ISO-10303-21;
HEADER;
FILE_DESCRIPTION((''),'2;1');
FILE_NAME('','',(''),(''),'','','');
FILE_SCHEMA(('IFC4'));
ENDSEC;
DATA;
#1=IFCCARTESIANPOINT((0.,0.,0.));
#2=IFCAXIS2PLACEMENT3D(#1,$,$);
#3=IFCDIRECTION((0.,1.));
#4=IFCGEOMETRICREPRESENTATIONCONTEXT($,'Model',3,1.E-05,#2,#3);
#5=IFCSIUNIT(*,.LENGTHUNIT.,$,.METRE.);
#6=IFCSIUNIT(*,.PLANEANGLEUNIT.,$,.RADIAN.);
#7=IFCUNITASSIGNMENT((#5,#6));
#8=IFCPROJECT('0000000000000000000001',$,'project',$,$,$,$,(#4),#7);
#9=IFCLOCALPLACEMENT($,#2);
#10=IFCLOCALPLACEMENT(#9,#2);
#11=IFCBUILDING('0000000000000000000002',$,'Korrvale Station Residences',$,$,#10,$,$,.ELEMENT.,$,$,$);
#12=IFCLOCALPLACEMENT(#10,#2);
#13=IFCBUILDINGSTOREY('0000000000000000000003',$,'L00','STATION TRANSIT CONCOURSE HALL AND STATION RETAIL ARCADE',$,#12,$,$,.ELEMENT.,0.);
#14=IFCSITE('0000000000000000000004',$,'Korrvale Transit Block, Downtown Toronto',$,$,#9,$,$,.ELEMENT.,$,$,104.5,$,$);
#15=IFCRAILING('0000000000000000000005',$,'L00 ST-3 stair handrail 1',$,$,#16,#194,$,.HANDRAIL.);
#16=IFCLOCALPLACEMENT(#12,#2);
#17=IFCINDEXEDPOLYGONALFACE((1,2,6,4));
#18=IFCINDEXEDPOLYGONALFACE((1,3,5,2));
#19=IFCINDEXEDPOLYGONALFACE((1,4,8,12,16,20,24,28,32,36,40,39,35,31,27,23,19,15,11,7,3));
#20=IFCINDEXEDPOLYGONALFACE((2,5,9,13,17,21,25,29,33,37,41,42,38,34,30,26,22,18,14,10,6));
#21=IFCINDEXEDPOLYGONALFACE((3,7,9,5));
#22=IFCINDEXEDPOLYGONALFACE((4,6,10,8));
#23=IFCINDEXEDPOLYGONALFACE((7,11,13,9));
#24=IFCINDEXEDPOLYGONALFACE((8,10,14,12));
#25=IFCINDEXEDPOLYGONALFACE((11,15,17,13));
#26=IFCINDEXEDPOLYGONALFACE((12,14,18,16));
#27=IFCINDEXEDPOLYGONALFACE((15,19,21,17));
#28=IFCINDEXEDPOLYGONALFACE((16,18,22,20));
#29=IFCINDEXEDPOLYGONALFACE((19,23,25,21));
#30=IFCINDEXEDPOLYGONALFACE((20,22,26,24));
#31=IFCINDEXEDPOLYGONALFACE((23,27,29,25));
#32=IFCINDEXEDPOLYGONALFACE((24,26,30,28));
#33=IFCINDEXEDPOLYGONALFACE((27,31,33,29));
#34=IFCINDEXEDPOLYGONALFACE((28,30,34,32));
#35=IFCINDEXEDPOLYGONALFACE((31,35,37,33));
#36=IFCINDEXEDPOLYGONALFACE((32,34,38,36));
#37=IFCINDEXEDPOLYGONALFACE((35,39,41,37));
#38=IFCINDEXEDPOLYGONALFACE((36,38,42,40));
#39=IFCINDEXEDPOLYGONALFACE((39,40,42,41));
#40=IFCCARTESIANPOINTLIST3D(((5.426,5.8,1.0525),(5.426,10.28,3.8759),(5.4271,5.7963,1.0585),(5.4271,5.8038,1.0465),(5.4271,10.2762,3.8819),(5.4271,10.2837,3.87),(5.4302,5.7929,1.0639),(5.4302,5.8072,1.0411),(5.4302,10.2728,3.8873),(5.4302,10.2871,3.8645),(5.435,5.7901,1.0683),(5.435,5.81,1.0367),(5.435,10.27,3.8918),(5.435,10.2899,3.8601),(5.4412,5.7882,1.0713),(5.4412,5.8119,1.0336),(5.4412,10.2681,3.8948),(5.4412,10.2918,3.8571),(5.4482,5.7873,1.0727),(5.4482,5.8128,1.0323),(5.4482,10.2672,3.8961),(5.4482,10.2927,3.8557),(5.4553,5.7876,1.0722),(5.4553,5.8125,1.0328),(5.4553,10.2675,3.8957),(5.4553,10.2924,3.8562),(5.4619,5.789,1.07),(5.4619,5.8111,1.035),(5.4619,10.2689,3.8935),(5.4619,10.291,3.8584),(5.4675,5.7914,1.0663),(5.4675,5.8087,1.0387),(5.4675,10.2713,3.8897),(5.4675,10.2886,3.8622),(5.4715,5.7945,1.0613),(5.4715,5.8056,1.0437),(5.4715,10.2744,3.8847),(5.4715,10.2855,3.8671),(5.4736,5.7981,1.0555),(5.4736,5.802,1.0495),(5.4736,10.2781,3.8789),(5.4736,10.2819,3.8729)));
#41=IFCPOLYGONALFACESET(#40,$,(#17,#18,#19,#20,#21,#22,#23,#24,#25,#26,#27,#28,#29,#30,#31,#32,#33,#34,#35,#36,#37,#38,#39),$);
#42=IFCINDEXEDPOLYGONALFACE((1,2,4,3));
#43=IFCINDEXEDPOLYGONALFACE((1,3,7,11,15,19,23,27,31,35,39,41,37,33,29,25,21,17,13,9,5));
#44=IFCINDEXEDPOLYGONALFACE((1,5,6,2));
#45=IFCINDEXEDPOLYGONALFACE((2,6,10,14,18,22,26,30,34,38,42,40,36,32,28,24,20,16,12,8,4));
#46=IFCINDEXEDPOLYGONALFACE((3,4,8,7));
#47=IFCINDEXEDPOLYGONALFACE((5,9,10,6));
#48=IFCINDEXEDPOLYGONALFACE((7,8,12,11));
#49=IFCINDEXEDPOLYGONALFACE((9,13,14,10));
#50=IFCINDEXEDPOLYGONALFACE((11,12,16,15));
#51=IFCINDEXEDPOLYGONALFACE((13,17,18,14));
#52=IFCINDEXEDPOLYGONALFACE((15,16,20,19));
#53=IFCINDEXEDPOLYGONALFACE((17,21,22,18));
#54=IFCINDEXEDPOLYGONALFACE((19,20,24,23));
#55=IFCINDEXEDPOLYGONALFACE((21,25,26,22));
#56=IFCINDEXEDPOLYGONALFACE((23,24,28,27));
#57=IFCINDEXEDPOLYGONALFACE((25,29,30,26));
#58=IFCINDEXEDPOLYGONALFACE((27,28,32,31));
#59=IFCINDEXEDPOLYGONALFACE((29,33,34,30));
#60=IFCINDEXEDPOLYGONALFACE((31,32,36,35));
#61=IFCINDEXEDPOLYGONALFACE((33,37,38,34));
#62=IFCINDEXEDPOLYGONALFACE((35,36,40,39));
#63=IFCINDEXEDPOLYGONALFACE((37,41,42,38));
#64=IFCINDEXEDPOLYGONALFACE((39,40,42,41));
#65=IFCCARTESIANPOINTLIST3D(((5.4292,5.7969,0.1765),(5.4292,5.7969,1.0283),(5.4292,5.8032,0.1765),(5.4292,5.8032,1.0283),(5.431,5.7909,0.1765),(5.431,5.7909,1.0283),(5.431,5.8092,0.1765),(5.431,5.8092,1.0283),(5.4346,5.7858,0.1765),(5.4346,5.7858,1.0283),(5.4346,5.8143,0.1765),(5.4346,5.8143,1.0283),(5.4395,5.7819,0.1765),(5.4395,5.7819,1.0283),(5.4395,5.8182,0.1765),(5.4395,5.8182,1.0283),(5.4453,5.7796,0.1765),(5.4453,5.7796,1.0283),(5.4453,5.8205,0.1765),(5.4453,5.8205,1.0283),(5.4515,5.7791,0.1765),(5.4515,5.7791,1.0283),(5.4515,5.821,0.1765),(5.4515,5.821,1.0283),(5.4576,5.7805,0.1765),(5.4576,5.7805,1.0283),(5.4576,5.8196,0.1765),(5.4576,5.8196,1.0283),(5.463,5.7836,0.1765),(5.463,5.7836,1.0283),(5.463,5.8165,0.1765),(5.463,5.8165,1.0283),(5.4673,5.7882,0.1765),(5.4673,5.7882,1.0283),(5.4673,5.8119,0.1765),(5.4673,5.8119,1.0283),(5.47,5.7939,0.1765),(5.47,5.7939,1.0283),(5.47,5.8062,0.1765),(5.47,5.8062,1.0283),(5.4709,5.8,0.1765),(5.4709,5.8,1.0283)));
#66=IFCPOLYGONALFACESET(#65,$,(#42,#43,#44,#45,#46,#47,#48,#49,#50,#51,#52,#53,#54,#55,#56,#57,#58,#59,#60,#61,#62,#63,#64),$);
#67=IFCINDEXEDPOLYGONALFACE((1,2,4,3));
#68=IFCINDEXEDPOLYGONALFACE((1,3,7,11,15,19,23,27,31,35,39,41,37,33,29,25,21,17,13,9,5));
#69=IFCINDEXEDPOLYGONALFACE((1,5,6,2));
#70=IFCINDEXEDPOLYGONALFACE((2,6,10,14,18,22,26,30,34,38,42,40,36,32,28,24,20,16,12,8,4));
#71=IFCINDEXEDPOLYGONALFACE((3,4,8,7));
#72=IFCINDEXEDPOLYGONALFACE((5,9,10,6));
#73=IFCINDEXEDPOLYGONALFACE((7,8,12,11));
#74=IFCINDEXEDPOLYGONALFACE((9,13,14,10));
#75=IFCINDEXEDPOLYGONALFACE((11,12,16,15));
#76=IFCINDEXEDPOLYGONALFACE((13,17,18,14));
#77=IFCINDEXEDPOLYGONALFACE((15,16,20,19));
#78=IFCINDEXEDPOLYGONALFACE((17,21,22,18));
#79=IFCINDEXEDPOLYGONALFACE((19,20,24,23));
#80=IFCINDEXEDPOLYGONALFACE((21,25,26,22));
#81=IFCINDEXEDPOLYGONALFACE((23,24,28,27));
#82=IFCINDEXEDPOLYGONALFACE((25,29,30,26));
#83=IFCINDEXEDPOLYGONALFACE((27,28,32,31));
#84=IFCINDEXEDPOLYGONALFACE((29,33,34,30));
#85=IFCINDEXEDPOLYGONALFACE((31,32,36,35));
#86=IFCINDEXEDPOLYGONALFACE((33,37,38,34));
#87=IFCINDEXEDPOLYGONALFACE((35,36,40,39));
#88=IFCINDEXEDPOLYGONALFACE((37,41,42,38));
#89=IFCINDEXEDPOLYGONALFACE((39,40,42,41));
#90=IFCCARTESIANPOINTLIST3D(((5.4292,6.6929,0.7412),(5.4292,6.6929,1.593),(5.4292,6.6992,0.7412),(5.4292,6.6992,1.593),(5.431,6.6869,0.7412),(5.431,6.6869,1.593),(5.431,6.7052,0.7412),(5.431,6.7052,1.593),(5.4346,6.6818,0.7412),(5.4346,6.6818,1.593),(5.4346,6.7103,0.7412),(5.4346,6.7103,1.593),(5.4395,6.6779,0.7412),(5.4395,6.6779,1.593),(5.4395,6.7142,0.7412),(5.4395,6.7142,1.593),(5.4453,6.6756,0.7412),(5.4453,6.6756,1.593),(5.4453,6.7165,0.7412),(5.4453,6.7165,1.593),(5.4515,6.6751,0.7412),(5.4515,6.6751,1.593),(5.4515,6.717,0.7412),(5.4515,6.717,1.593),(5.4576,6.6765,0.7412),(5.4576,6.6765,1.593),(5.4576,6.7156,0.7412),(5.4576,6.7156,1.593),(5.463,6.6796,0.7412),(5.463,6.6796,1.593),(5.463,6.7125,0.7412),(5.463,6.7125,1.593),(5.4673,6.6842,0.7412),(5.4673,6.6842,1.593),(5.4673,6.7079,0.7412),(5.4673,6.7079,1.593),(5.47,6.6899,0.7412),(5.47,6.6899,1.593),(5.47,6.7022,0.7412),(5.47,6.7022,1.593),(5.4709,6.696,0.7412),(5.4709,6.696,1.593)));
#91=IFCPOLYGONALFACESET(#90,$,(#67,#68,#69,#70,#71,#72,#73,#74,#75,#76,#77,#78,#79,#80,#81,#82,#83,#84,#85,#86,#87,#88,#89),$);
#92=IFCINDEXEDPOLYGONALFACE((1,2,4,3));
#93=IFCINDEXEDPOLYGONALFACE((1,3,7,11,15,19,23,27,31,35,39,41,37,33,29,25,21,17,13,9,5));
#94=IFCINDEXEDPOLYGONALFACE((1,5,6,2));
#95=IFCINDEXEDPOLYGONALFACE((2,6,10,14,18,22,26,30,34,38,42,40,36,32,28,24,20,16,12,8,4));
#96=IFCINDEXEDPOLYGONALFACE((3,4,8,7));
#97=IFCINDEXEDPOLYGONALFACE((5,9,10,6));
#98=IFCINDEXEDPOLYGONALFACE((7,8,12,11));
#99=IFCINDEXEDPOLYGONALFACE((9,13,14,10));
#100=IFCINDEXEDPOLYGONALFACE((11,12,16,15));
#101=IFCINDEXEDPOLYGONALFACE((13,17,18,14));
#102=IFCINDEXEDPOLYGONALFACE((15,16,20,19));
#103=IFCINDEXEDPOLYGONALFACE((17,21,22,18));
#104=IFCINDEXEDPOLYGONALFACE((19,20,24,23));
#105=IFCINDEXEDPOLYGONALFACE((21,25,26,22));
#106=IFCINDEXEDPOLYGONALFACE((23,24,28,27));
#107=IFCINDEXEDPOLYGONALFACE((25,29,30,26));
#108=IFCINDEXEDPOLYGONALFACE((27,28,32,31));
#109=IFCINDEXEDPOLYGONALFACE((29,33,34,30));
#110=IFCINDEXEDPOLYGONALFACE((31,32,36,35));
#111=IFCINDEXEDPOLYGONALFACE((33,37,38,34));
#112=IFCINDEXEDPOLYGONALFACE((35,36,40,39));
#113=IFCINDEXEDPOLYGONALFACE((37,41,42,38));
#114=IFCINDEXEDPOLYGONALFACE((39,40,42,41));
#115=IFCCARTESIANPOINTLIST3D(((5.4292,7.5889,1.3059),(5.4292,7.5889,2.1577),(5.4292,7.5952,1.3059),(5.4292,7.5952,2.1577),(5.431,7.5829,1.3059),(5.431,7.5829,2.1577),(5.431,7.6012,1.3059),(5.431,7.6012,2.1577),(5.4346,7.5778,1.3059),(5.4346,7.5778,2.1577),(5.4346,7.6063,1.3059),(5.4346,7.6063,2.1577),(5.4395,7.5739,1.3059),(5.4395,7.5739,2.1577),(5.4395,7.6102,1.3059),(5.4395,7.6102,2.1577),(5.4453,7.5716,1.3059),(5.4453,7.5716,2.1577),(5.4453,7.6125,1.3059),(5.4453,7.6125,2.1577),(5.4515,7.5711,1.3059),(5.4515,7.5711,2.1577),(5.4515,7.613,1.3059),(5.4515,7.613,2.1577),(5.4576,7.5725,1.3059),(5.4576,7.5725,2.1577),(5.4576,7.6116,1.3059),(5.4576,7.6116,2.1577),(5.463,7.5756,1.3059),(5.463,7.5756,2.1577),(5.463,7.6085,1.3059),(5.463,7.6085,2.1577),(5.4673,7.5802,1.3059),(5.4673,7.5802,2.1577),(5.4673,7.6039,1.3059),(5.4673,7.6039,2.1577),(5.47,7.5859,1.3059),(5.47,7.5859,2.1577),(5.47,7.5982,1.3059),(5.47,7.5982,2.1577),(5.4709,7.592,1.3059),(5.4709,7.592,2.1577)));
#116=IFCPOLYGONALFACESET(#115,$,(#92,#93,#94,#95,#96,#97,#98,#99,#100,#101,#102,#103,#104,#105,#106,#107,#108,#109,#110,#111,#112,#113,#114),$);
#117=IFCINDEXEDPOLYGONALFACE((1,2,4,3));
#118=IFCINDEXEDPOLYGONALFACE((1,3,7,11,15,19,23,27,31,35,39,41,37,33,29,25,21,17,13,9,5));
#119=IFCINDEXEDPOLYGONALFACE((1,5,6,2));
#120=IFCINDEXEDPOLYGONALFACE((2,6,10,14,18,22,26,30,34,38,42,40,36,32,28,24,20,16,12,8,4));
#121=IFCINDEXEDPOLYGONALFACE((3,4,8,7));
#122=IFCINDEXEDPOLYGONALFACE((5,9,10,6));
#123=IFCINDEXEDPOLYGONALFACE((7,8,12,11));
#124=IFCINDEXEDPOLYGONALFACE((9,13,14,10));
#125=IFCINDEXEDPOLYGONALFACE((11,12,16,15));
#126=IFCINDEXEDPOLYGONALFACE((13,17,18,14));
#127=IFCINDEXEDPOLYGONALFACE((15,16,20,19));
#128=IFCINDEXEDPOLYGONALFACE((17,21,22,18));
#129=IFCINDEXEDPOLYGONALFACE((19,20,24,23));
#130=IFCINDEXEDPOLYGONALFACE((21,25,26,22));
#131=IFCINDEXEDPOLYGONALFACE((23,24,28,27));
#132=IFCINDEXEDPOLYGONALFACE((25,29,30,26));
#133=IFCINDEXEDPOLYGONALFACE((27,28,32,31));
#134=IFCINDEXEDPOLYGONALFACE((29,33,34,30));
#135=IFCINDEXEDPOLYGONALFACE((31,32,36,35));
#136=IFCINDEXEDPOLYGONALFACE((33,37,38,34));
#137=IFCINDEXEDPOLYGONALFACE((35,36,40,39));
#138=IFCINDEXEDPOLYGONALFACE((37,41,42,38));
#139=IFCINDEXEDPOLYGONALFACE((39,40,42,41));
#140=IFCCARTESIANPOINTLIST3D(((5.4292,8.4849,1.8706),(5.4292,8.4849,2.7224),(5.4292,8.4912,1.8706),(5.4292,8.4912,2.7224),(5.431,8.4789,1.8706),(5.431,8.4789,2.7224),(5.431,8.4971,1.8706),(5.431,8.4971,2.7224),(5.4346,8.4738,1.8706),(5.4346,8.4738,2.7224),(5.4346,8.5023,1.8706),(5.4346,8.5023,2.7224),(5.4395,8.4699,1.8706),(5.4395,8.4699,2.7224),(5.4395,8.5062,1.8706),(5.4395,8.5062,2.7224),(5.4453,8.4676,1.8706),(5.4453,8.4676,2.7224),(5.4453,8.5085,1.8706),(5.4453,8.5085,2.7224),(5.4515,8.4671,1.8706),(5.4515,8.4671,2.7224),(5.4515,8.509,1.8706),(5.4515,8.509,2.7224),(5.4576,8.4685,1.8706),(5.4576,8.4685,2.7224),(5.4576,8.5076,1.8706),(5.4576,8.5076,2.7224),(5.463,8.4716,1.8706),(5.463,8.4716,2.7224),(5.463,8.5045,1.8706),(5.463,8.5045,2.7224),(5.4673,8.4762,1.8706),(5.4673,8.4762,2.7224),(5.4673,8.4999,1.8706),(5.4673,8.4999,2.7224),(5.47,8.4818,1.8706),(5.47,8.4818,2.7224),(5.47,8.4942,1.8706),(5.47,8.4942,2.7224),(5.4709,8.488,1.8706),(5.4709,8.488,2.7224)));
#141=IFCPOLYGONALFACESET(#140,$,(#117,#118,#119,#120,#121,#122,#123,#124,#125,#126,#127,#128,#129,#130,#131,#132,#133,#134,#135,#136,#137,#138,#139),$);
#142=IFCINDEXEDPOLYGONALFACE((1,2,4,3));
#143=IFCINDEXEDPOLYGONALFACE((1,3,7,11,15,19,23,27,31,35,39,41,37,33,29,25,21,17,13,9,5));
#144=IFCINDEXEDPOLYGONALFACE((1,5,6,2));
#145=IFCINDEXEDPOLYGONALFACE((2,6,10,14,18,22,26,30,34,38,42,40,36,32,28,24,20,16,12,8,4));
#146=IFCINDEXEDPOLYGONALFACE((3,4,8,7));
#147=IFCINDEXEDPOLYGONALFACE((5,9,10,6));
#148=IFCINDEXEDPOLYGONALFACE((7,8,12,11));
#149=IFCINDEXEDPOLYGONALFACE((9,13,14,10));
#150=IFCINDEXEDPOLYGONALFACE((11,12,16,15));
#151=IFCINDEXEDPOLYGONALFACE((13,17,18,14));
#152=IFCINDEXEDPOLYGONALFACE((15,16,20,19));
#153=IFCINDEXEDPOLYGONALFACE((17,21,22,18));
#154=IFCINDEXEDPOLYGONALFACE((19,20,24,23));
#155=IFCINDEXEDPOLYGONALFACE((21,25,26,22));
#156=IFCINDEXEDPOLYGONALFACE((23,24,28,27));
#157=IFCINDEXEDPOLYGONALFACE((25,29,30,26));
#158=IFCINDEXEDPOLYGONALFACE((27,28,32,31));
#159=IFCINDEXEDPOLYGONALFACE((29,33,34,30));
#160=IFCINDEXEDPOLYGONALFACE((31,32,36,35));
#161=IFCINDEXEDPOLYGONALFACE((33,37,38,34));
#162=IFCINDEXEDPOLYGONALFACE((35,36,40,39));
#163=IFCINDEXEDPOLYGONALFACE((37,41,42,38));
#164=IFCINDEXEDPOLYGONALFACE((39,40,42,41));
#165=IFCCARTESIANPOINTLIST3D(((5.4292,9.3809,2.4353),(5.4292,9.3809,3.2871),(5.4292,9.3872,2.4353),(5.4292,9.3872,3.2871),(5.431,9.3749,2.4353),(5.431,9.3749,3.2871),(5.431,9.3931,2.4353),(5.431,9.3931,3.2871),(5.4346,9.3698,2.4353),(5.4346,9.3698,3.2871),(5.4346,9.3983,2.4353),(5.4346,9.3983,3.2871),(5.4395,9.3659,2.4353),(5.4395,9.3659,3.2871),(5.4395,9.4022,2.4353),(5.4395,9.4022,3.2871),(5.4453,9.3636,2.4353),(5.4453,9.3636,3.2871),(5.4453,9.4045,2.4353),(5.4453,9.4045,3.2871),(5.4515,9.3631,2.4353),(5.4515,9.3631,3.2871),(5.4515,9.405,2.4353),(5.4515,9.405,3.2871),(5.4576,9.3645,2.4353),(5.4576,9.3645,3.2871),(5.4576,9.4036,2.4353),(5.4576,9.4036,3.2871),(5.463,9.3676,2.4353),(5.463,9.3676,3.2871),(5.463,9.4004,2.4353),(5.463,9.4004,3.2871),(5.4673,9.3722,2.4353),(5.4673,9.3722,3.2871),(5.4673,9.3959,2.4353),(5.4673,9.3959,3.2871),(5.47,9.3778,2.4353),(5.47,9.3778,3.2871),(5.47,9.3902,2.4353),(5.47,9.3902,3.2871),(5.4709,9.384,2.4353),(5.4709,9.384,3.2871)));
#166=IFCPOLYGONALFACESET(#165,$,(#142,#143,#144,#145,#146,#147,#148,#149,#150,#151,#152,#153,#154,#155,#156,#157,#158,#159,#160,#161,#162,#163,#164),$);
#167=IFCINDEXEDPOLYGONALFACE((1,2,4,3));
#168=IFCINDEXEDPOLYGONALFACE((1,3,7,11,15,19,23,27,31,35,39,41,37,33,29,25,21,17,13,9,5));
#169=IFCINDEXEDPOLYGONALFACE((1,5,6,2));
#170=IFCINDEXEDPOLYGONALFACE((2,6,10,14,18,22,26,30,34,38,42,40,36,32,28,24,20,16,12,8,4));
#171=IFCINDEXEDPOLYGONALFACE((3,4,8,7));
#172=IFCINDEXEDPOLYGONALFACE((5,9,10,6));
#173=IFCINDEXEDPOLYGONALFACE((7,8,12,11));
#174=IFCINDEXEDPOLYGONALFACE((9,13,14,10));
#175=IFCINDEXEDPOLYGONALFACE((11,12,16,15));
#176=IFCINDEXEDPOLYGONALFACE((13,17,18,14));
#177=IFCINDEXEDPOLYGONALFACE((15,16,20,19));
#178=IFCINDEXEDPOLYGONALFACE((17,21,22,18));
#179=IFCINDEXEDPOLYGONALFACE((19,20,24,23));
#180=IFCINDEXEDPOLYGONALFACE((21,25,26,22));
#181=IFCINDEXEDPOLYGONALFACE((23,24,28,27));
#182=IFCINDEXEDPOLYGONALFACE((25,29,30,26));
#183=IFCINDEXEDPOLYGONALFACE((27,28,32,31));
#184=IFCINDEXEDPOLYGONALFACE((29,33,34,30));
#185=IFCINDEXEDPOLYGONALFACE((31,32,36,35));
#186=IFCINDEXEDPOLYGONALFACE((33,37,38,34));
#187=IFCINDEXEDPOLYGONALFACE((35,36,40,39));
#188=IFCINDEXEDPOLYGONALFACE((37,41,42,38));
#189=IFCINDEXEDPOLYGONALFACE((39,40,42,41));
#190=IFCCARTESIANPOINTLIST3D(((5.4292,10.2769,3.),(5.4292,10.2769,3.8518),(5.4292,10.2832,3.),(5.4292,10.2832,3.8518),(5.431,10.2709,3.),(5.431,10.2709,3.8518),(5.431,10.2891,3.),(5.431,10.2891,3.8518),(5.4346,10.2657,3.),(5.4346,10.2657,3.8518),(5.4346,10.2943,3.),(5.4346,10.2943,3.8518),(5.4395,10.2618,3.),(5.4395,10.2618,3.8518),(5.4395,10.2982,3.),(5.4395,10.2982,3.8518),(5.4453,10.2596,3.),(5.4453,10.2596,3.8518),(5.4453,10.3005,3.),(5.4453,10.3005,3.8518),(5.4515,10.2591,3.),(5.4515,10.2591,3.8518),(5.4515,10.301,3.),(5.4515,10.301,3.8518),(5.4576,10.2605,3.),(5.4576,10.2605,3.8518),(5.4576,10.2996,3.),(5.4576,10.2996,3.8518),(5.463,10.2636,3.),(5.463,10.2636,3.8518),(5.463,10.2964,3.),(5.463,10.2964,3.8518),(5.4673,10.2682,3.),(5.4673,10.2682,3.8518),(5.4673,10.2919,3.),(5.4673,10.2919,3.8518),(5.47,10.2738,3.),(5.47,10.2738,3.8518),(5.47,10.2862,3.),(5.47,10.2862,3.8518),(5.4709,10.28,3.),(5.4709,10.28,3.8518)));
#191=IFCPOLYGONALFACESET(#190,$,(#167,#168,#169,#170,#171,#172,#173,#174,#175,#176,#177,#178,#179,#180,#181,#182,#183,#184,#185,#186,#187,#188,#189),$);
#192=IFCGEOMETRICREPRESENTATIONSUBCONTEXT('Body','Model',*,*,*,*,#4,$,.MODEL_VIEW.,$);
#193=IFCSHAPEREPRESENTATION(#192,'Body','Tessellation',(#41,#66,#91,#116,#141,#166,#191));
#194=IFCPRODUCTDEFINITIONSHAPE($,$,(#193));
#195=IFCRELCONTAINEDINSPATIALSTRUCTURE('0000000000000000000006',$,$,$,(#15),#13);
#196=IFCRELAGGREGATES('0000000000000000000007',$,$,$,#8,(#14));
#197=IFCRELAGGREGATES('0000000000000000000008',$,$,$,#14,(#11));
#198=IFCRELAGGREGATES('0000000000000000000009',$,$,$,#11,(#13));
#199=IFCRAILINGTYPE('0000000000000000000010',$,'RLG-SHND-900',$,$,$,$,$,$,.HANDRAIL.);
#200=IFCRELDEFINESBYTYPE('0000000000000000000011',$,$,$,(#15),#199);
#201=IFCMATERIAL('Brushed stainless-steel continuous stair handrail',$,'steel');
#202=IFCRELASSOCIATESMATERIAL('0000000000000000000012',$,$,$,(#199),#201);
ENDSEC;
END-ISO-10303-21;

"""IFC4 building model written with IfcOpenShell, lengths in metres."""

from ifc_helpers import new_model, si_unit, direction, frame, origin, origin_2d, place, context, subcontext, project, spatial, circle, extrude, material, type_object, element, save


model = new_model("IFC4")

# Units and contexts
model_context = context("Model", 3, precision=1e-05, world=origin(), true_north=direction((0.0, 1.0)))
body_context = subcontext(model_context, "Body", "Model", "MODEL_VIEW")
ifc_project = project(units=[si_unit("LENGTHUNIT", "METRE"), si_unit("PLANEANGLEUNIT", "RADIAN")], contexts=[model_context])

# Site, building, storey
site_placement = place(None, origin())
site = spatial("IfcSite", under=ifc_project, at=site_placement, Name="Korrvale Transit Block, Downtown Toronto", CompositionType="ELEMENT", RefElevation=104.5)
building_placement = place(site_placement, origin())
building = spatial("IfcBuilding", under=site, at=building_placement, Name="Korrvale Station Residences", CompositionType="ELEMENT")
storey_placement = place(building_placement, origin())
storey = spatial("IfcBuildingStorey", under=building, at=storey_placement, Name="L00", Description="STATION TRANSIT CONCOURSE HALL AND STATION RETAIL ARCADE", CompositionType="ELEMENT", Elevation=0.0)

# Railing
ifc_material_1 = material(Name="Brushed stainless-steel continuous stair handrail", Category="steel")
railing_type_1 = type_object("IfcRailingType", Name="RLG-SHND-900", PredefinedType="HANDRAIL", material=ifc_material_1)
railing_1_placement = place(storey_placement, frame((5.45, 5.8, 0.1765)))
element("IfcRailing", 1, at=railing_1_placement, inside=storey, type_object=railing_type_1, Name="L00 ST-3 stair handrail 1", PredefinedType="HANDRAIL", context=body_context, shape_type="SweptSolid", body=[
    extrude(circle(Radius=0.0239, at=origin_2d()), frame((0.0, 0.0, 0.876), z_axis=(0.0, 0.845998, 0.533186), x_axis=(-1.0, 0.0, 0.0)), (0.0, 0.0, 1.0), 5.2954),
    extrude(circle(Radius=0.021, at=origin_2d()), origin(), (0.0, 0.0, 1.0), 0.8518),
    extrude(circle(Radius=0.021, at=origin_2d()), frame((0.0, 0.896, 0.5647)), (0.0, 0.0, 1.0), 0.8518),
    extrude(circle(Radius=0.021, at=origin_2d()), frame((0.0, 1.792, 1.1294)), (0.0, 0.0, 1.0), 0.8518),
    extrude(circle(Radius=0.021, at=origin_2d()), frame((0.0, 2.688, 1.6941)), (0.0, 0.0, 1.0), 0.8518),
    extrude(circle(Radius=0.021, at=origin_2d()), frame((0.0, 3.584, 2.2588)), (0.0, 0.0, 1.0), 0.8518),
    extrude(circle(Radius=0.021, at=origin_2d()), frame((0.0, 4.48, 2.8235)), (0.0, 0.0, 1.0), 0.8518),
])

save(model, "model.ifc")
